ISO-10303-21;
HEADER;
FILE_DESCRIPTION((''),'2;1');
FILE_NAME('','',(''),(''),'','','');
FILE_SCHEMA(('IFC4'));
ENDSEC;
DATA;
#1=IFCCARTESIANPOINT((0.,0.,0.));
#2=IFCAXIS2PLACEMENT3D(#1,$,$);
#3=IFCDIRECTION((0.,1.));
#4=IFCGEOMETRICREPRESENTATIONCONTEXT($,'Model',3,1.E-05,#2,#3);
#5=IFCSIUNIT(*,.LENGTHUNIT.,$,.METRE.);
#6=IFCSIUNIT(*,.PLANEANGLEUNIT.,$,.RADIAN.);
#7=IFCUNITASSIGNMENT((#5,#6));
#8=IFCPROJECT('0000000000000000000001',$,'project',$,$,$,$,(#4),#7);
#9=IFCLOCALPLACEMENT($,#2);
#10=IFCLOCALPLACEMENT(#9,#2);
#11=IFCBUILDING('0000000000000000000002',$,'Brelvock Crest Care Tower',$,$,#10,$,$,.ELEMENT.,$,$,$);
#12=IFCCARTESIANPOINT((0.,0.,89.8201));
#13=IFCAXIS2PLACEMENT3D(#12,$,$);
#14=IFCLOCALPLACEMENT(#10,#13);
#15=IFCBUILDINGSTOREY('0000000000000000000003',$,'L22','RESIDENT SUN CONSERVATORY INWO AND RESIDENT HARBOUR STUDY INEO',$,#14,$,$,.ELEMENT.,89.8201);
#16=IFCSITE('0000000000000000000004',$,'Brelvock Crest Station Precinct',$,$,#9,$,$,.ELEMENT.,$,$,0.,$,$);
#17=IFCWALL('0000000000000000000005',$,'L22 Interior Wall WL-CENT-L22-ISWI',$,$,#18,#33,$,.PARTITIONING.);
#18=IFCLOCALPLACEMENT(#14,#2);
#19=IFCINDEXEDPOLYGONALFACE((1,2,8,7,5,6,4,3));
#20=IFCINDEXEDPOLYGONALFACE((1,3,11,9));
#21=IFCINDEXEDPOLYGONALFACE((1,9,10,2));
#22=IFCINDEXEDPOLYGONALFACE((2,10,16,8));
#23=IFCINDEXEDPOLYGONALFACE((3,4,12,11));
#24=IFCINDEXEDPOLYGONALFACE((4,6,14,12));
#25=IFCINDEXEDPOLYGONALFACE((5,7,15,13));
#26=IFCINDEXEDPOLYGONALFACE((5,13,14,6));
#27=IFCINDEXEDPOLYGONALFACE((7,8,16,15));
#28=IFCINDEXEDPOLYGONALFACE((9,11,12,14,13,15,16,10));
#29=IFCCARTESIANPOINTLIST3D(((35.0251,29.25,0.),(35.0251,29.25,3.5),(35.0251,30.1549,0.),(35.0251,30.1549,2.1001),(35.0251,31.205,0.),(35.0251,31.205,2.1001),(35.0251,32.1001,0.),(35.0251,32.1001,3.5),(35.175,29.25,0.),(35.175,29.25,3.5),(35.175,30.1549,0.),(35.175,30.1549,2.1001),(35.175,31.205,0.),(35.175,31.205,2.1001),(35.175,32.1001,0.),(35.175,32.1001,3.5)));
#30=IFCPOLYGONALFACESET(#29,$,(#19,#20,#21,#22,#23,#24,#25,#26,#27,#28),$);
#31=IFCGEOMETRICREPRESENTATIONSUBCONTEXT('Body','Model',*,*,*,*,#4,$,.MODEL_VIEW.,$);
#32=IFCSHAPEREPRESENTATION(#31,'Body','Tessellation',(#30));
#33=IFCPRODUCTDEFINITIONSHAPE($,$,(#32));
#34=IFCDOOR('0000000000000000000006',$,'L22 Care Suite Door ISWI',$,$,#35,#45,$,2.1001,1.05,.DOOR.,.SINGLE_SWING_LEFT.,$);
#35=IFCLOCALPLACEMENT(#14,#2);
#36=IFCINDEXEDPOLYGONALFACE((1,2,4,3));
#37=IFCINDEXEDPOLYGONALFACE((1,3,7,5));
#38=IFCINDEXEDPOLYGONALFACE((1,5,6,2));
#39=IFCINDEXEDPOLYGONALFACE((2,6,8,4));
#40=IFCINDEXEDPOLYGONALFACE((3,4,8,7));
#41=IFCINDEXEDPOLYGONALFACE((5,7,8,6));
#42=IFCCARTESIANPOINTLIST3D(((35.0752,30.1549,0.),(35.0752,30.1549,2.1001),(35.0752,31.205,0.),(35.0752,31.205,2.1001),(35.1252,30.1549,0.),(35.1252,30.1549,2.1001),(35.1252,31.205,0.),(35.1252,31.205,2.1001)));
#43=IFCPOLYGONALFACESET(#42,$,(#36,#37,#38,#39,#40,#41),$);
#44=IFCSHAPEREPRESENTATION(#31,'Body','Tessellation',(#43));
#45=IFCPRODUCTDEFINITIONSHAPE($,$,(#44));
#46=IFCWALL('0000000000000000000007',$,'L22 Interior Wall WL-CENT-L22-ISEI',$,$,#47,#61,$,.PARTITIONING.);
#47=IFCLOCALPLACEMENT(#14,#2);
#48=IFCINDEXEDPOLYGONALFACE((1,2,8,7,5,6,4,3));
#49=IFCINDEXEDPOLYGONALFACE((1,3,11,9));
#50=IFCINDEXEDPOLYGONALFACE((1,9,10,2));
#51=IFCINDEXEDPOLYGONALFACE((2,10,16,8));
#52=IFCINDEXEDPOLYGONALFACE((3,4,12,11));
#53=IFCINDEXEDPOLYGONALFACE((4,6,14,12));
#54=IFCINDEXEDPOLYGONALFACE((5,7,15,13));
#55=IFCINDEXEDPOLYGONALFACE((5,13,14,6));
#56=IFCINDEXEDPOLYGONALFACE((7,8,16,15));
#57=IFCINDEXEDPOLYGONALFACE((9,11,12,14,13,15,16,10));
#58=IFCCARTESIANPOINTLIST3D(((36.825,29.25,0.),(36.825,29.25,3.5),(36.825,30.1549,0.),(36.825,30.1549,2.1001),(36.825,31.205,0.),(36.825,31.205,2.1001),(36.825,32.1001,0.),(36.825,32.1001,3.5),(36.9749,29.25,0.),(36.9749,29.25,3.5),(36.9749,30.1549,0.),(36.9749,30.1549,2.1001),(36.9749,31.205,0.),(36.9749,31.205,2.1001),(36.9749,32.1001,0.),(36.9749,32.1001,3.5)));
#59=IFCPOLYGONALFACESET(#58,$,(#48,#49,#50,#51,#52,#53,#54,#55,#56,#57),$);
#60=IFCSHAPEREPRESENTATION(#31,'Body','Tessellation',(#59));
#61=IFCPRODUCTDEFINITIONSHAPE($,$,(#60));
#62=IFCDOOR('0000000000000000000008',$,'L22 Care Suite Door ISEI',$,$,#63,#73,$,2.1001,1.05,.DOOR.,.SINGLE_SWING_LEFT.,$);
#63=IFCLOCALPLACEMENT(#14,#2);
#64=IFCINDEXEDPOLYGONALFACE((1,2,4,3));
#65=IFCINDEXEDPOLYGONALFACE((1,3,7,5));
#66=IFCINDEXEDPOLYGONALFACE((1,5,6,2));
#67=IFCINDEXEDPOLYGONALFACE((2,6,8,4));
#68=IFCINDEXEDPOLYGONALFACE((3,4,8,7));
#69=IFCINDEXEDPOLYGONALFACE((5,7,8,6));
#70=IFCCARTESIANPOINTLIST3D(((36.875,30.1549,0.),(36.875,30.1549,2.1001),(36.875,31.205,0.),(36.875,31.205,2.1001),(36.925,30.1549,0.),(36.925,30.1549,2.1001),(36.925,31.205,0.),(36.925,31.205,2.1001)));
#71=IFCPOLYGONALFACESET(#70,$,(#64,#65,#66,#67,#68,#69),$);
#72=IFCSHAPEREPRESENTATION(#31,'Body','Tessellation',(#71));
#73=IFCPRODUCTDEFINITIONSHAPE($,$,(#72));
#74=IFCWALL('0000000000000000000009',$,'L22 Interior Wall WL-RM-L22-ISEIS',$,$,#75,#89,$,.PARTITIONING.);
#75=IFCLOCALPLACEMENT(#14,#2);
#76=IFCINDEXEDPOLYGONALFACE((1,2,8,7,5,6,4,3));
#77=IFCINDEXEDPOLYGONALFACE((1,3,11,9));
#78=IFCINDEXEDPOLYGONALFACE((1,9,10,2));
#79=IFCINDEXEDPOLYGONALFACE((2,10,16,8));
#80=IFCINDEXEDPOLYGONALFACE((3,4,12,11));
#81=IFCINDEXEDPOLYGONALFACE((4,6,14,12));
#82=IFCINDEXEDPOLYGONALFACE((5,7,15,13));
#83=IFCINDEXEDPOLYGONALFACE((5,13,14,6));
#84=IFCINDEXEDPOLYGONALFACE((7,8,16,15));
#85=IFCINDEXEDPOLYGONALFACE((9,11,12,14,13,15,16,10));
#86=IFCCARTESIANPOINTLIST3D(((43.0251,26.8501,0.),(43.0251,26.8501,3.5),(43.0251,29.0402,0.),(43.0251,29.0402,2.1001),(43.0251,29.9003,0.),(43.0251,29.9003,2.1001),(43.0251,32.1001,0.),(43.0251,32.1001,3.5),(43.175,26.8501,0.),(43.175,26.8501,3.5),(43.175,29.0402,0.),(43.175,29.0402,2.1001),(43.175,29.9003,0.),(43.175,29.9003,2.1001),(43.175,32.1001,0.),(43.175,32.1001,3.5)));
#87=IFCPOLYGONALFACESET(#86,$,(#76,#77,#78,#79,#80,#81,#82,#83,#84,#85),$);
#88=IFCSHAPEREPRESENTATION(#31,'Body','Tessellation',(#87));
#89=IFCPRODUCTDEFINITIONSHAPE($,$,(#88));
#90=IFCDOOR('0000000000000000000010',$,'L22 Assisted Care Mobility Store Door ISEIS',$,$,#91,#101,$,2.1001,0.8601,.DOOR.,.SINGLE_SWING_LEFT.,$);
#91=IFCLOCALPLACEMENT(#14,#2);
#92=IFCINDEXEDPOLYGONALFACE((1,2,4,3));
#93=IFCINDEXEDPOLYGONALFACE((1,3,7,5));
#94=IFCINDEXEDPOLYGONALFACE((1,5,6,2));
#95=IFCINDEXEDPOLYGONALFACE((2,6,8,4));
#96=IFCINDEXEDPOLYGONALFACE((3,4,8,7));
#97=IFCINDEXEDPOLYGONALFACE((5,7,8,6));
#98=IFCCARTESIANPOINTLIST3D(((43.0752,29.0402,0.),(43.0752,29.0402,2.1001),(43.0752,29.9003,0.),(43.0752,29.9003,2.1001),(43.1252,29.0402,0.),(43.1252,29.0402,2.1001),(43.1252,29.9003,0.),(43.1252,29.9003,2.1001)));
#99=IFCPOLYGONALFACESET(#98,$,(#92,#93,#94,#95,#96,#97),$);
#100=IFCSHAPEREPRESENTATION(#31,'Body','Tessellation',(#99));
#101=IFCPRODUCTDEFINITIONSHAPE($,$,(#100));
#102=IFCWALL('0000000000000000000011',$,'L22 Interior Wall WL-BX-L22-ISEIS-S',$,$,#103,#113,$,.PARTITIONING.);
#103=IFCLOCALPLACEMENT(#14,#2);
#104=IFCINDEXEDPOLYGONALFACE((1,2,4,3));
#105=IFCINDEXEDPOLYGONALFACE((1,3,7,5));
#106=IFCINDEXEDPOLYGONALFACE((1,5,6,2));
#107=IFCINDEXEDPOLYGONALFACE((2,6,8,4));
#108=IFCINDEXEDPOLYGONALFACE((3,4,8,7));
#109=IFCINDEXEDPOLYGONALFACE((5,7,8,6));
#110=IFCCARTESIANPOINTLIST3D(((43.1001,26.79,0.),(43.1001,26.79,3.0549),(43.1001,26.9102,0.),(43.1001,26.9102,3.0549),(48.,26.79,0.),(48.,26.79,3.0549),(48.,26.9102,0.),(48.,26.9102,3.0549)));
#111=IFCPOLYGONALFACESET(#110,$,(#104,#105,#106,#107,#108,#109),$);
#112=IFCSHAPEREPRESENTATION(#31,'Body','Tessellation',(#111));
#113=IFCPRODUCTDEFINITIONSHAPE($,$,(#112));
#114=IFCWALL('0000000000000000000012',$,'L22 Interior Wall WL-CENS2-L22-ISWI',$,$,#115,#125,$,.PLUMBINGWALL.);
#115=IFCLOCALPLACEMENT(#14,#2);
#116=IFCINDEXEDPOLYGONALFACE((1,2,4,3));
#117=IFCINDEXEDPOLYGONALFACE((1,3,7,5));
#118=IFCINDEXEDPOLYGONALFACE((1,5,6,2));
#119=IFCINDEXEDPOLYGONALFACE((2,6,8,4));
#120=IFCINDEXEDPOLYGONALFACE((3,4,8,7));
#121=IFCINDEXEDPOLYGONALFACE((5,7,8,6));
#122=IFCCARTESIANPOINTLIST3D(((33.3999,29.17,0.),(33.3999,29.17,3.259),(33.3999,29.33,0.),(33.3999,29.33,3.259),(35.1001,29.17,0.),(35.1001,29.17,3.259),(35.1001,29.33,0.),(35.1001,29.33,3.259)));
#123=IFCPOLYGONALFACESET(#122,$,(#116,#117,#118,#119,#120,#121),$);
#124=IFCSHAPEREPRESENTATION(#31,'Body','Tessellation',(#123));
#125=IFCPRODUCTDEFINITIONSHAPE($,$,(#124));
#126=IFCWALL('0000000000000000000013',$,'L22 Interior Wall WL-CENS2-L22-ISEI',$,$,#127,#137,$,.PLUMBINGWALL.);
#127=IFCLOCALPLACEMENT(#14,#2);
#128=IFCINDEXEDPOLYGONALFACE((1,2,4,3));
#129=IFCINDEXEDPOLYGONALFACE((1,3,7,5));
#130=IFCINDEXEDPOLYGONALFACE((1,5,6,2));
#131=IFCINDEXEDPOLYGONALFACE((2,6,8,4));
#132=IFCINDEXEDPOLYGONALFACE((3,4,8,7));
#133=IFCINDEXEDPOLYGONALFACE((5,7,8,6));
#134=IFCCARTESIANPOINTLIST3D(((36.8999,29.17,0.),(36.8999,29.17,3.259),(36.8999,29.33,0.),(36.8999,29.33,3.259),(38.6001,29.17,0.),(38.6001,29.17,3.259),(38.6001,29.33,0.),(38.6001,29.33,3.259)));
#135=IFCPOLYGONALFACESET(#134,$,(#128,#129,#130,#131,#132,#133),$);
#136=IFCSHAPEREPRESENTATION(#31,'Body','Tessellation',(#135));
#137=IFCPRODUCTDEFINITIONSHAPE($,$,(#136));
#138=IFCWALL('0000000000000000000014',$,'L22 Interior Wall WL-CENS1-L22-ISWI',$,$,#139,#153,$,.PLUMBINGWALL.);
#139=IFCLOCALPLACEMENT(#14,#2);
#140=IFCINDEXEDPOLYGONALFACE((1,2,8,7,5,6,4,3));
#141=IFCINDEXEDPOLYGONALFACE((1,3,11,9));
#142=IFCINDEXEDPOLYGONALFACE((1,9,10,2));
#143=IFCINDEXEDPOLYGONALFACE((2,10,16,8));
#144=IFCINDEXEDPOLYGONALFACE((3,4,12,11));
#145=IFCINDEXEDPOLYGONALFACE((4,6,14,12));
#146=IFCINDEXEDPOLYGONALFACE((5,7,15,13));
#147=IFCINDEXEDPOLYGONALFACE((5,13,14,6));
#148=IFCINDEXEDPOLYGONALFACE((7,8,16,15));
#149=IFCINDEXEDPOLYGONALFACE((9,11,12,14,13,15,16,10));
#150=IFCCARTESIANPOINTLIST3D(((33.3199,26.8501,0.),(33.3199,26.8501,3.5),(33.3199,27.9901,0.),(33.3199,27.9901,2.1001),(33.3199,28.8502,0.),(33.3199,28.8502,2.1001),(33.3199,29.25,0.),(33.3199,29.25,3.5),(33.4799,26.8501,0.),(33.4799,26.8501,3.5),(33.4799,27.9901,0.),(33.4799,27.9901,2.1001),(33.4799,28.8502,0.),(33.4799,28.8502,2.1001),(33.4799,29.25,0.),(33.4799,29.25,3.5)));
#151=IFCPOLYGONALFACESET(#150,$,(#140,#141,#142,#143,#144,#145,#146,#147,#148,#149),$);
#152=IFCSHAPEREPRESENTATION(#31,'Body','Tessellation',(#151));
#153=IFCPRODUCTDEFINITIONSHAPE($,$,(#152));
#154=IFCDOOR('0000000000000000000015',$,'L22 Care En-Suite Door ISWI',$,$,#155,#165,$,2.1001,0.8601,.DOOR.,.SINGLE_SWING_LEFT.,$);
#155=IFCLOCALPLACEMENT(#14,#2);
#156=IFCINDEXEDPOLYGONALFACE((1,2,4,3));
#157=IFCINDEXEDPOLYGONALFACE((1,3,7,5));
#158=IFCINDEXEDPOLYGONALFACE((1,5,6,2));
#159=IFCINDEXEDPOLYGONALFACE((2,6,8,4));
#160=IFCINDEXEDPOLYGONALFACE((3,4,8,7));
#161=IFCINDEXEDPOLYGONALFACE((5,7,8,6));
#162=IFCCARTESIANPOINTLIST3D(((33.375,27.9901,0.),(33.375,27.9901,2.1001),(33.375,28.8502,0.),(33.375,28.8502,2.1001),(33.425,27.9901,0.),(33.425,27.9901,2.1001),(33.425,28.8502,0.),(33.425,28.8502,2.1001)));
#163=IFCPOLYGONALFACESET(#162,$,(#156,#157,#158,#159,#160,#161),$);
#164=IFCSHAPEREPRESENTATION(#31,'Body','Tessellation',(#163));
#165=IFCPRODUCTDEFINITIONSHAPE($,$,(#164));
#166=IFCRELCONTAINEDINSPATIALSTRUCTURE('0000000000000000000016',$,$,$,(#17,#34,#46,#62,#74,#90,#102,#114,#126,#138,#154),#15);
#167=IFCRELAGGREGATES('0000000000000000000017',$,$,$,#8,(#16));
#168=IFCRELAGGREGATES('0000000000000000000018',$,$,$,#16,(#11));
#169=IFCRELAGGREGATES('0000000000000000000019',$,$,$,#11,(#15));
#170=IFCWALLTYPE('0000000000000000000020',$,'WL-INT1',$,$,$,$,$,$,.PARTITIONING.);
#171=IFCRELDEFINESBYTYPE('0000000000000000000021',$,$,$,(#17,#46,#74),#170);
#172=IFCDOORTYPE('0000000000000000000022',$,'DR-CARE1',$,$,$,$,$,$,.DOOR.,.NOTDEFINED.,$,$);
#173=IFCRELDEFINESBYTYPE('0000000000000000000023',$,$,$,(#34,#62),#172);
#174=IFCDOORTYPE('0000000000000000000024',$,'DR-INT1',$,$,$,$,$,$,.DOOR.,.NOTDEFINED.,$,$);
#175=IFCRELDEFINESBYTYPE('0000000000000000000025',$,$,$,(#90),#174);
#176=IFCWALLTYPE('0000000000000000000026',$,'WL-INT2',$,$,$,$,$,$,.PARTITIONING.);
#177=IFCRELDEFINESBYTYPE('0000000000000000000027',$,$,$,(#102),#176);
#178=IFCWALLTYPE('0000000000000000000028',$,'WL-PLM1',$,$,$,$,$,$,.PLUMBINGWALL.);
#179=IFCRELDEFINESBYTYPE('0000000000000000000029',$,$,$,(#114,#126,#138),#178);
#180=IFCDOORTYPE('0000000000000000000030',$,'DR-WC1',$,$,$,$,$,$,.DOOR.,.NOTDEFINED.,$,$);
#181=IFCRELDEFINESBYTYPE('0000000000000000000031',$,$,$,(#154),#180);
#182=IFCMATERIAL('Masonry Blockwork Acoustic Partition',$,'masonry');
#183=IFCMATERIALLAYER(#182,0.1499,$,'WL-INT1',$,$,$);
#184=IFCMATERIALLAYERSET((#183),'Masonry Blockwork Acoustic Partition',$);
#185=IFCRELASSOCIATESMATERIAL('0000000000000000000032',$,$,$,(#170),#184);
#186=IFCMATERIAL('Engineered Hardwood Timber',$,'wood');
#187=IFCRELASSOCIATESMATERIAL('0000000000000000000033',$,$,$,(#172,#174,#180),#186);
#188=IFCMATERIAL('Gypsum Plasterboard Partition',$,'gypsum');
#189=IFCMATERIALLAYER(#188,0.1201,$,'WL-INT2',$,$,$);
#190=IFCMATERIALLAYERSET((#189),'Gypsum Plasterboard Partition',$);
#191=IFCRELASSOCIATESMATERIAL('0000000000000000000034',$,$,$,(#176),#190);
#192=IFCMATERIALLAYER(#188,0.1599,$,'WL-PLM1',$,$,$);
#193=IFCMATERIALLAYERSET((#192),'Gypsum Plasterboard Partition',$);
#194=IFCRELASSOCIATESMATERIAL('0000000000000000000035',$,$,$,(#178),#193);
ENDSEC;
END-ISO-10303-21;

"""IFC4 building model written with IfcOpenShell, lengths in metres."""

from ifc_helpers import new_model, si_unit, direction, frame, frame_2d, origin, origin_2d, place, context, subcontext, project, spatial, rectangle, extrude, source, transform, mapped, material, layer, layer_set, type_object, element, fill, save


model = new_model("IFC4")

# Units and contexts
model_context = context("Model", 3, precision=1e-05, world=origin(), true_north=direction((0.0, 1.0)))
body_context = subcontext(model_context, "Body", "Model", "MODEL_VIEW")
ifc_project = project(units=[si_unit("LENGTHUNIT", "METRE"), si_unit("PLANEANGLEUNIT", "RADIAN")], contexts=[model_context])

# Site, building, storey
site_placement = place(None, origin())
site = spatial("IfcSite", under=ifc_project, at=site_placement, Name="Brelvock Crest Station Precinct", CompositionType="ELEMENT", RefElevation=0.0)
building_placement = place(site_placement, origin())
building = spatial("IfcBuilding", under=site, at=building_placement, Name="Brelvock Crest Care Tower", CompositionType="ELEMENT")
storey_placement = place(building_placement, frame((0.0, 0.0, 89.8201)))
storey = spatial("IfcBuildingStorey", under=building, at=storey_placement, Name="L22", Description="RESIDENT SUN CONSERVATORY INWO AND RESIDENT HARBOUR STUDY INEO", CompositionType="ELEMENT", Elevation=89.8201)

# Shared definitions
ifc_material_1 = material(Name="Masonry Blockwork Acoustic Partition", Category="masonry")
ifc_layer_1 = layer(ifc_material_1, 0.1499, Name="WL-INT1")
ifc_layer_set_1 = layer_set([ifc_layer_1], Name="Masonry Blockwork Acoustic Partition")
wall_type_1 = type_object("IfcWallType", Name="WL-INT1", PredefinedType="PARTITIONING", material=ifc_layer_set_1)

# Walls, openings, doors
wall_1_placement = place(storey_placement, frame((35.1001, 29.25, 0.0), z_axis=(0.0, 0.0, 1.0), x_axis=(0.0, 1.0, 0.0)))
wall_1 = element("IfcWall", 1, at=wall_1_placement, inside=storey, type_object=wall_type_1, Name="L22 Interior Wall WL-CENT-L22-ISWI", PredefinedType="PARTITIONING", context=body_context, shape_type="SweptSolid", body=[
    extrude(rectangle(XDim=2.8501, YDim=0.1499, at=frame_2d((1.425, 0.0))), origin(), (0.0, 0.0, 1.0), 3.5),
])
opening_1_placement = place(wall_1_placement, frame((0.905, 0.0, 0.0)))
opening_1 = element("IfcOpeningElement", 2, at=opening_1_placement, cuts=wall_1, PredefinedType="OPENING", context=body_context, shape_type="SweptSolid", body=[
    extrude(rectangle(XDim=1.05, YDim=2.1001, at=origin_2d()), frame((0.5249, 0.085, 1.05), z_axis=(0.0, -1.0, 0.0), x_axis=(1.0, 0.0, 0.0)), (0.0, 0.0, 1.0), 0.1699),
])
ifc_material_2 = material(Name="Engineered Hardwood Timber", Category="wood")
door_type_1 = type_object("IfcDoorType", Name="DR-CARE1", OperationType="NOTDEFINED", PredefinedType="DOOR", material=ifc_material_2)
shared_shape_1 = source(origin(), body_context, "Body", "SweptSolid", [
    extrude(rectangle(XDim=1.05, YDim=2.1001, at=origin_2d()), frame((0.5249, 0.0249, 1.05), z_axis=(0.0, -1.0, 0.0), x_axis=(1.0, 0.0, 0.0)), (0.0, 0.0, 1.0), 0.05),
])
door_1_placement = place(opening_1_placement, origin())
door_1 = element("IfcDoor", 3, at=door_1_placement, inside=storey, type_object=door_type_1, Name="L22 Care Suite Door ISWI", OperationType="SINGLE_SWING_LEFT", OverallHeight=2.1001, OverallWidth=1.05, PredefinedType="DOOR", context=body_context, shape_type="MappedRepresentation", body=[
    mapped(shared_shape_1, transform((0.0, 0.0, 0.0), x_axis=(1.0, 0.0, 0.0), y_axis=(0.0, 1.0, 0.0), z_axis=(0.0, 0.0, 1.0), scale=1.0)),
])
fill(opening_1, door_1)
wall_2_placement = place(storey_placement, frame((36.8999, 29.25, 0.0), z_axis=(0.0, 0.0, 1.0), x_axis=(0.0, 1.0, 0.0)))
wall_2 = element("IfcWall", 4, at=wall_2_placement, inside=storey, type_object=wall_type_1, Name="L22 Interior Wall WL-CENT-L22-ISEI", PredefinedType="PARTITIONING", context=body_context, shape_type="SweptSolid", body=[
    extrude(rectangle(XDim=2.8501, YDim=0.1499, at=frame_2d((1.425, 0.0))), origin(), (0.0, 0.0, 1.0), 3.5),
])
opening_2_placement = place(wall_2_placement, frame((0.905, 0.0, 0.0)))
opening_2 = element("IfcOpeningElement", 5, at=opening_2_placement, cuts=wall_2, PredefinedType="OPENING", context=body_context, shape_type="SweptSolid", body=[
    extrude(rectangle(XDim=1.05, YDim=2.1001, at=origin_2d()), frame((0.5249, 0.085, 1.05), z_axis=(0.0, -1.0, 0.0), x_axis=(1.0, 0.0, 0.0)), (0.0, 0.0, 1.0), 0.1699),
])
door_2_placement = place(opening_2_placement, origin())
door_2 = element("IfcDoor", 6, at=door_2_placement, inside=storey, type_object=door_type_1, Name="L22 Care Suite Door ISEI", OperationType="SINGLE_SWING_LEFT", OverallHeight=2.1001, OverallWidth=1.05, PredefinedType="DOOR", context=body_context, shape_type="MappedRepresentation", body=[
    mapped(shared_shape_1, transform((0.0, 0.0, 0.0), x_axis=(1.0, 0.0, 0.0), y_axis=(0.0, 1.0, 0.0), z_axis=(0.0, 0.0, 1.0), scale=1.0)),
])
fill(opening_2, door_2)
wall_3_placement = place(storey_placement, frame((43.1001, 26.8501, 0.0), z_axis=(0.0, 0.0, 1.0), x_axis=(0.0, 1.0, 0.0)))
wall_3 = element("IfcWall", 7, at=wall_3_placement, inside=storey, type_object=wall_type_1, Name="L22 Interior Wall WL-RM-L22-ISEIS", PredefinedType="PARTITIONING", context=body_context, shape_type="SweptSolid", body=[
    extrude(rectangle(XDim=5.25, YDim=0.1499, at=frame_2d((2.625, 0.0))), origin(), (0.0, 0.0, 1.0), 3.5),
])
opening_3_placement = place(wall_3_placement, frame((2.1899, 0.0, 0.0)))
opening_3 = element("IfcOpeningElement", 8, at=opening_3_placement, cuts=wall_3, PredefinedType="OPENING", context=body_context, shape_type="SweptSolid", body=[
    extrude(rectangle(XDim=0.8601, YDim=2.1001, at=origin_2d()), frame((0.4302, 0.085, 1.05), z_axis=(0.0, -1.0, 0.0), x_axis=(1.0, 0.0, 0.0)), (0.0, 0.0, 1.0), 0.1699),
])
door_type_2 = type_object("IfcDoorType", Name="DR-INT1", OperationType="NOTDEFINED", PredefinedType="DOOR", material=ifc_material_2)
shared_shape_2 = source(origin(), body_context, "Body", "SweptSolid", [
    extrude(rectangle(XDim=0.8601, YDim=2.1001, at=origin_2d()), frame((0.4302, 0.0249, 1.05), z_axis=(0.0, -1.0, 0.0), x_axis=(1.0, 0.0, 0.0)), (0.0, 0.0, 1.0), 0.05),
])
door_3_placement = place(opening_3_placement, origin())
door_3 = element("IfcDoor", 9, at=door_3_placement, inside=storey, type_object=door_type_2, Name="L22 Assisted Care Mobility Store Door ISEIS", OperationType="SINGLE_SWING_LEFT", OverallHeight=2.1001, OverallWidth=0.8601, PredefinedType="DOOR", context=body_context, shape_type="MappedRepresentation", body=[
    mapped(shared_shape_2, transform((0.0, 0.0, 0.0), x_axis=(1.0, 0.0, 0.0), y_axis=(0.0, 1.0, 0.0), z_axis=(0.0, 0.0, 1.0), scale=1.0)),
])
fill(opening_3, door_3)

# Walls
ifc_material_3 = material(Name="Gypsum Plasterboard Partition", Category="gypsum")
ifc_layer_2 = layer(ifc_material_3, 0.1201, Name="WL-INT2")
ifc_layer_set_2 = layer_set([ifc_layer_2], Name="Gypsum Plasterboard Partition")
wall_type_2 = type_object("IfcWallType", Name="WL-INT2", PredefinedType="PARTITIONING", material=ifc_layer_set_2)
wall_4_placement = place(storey_placement, frame((43.1001, 26.8501, 0.0), z_axis=(0.0, 0.0, 1.0), x_axis=(1.0, 0.0, 0.0)))
element("IfcWall", 10, at=wall_4_placement, inside=storey, type_object=wall_type_2, Name="L22 Interior Wall WL-BX-L22-ISEIS-S", PredefinedType="PARTITIONING", context=body_context, shape_type="SweptSolid", body=[
    extrude(rectangle(XDim=4.8999, YDim=0.1201, at=frame_2d((2.45, 0.0))), origin(), (0.0, 0.0, 1.0), 3.0549),
])
ifc_layer_3 = layer(ifc_material_3, 0.1599, Name="WL-PLM1")
ifc_layer_set_3 = layer_set([ifc_layer_3], Name="Gypsum Plasterboard Partition")
wall_type_3 = type_object("IfcWallType", Name="WL-PLM1", PredefinedType="PLUMBINGWALL", material=ifc_layer_set_3)
for number, where, z_axis, x_axis, name in (
    (11, (33.3999, 29.25, 0.0), (0.0, 0.0, 1.0), (1.0, 0.0, 0.0), "L22 Interior Wall WL-CENS2-L22-ISWI"),
    (12, (36.8999, 29.25, 0.0), (0.0, 0.0, 1.0), (1.0, 0.0, 0.0), "L22 Interior Wall WL-CENS2-L22-ISEI"),
):
    element("IfcWall", number, at=place(storey_placement, frame(where, z_axis=z_axis, x_axis=x_axis)), inside=storey, type_object=wall_type_3, Name=name, PredefinedType="PLUMBINGWALL", context=body_context, shape_type="SweptSolid", body=[
        extrude(rectangle(XDim=1.7002, YDim=0.1599, at=frame_2d((0.8501, 0.0))), origin(), (0.0, 0.0, 1.0), 3.259),
    ])

# Wall, opening, door
wall_5_placement = place(storey_placement, frame((33.3999, 26.8501, 0.0), z_axis=(0.0, 0.0, 1.0), x_axis=(0.0, 1.0, 0.0)))
wall_5 = element("IfcWall", 13, at=wall_5_placement, inside=storey, type_object=wall_type_3, Name="L22 Interior Wall WL-CENS1-L22-ISWI", PredefinedType="PLUMBINGWALL", context=body_context, shape_type="SweptSolid", body=[
    extrude(rectangle(XDim=2.3999, YDim=0.1599, at=frame_2d((1.2, 0.0))), origin(), (0.0, 0.0, 1.0), 3.5),
])
opening_4_placement = place(wall_5_placement, frame((1.1399, 0.0, 0.0)))
opening_4 = element("IfcOpeningElement", 14, at=opening_4_placement, cuts=wall_5, PredefinedType="OPENING", context=body_context, shape_type="SweptSolid", body=[
    extrude(rectangle(XDim=0.8601, YDim=2.1001, at=origin_2d()), frame((0.4302, 0.0898, 1.05), z_axis=(0.0, -1.0, 0.0), x_axis=(1.0, 0.0, 0.0)), (0.0, 0.0, 1.0), 0.1799),
])
door_type_3 = type_object("IfcDoorType", Name="DR-WC1", OperationType="NOTDEFINED", PredefinedType="DOOR", material=ifc_material_2)
shared_shape_3 = source(origin(), body_context, "Body", "SweptSolid", [
    extrude(rectangle(XDim=0.8601, YDim=2.1001, at=origin_2d()), frame((0.4302, 0.0249, 1.05), z_axis=(0.0, -1.0, 0.0), x_axis=(1.0, 0.0, 0.0)), (0.0, 0.0, 1.0), 0.05),
])
door_4_placement = place(opening_4_placement, origin())
door_4 = element("IfcDoor", 15, at=door_4_placement, inside=storey, type_object=door_type_3, Name="L22 Care En-Suite Door ISWI", OperationType="SINGLE_SWING_LEFT", OverallHeight=2.1001, OverallWidth=0.8601, PredefinedType="DOOR", context=body_context, shape_type="MappedRepresentation", body=[
    mapped(shared_shape_3, transform((0.0, 0.0, 0.0), x_axis=(1.0, 0.0, 0.0), y_axis=(0.0, 1.0, 0.0), z_axis=(0.0, 0.0, 1.0), scale=1.0)),
])
fill(opening_4, door_4)

save(model, "model.ifc")
